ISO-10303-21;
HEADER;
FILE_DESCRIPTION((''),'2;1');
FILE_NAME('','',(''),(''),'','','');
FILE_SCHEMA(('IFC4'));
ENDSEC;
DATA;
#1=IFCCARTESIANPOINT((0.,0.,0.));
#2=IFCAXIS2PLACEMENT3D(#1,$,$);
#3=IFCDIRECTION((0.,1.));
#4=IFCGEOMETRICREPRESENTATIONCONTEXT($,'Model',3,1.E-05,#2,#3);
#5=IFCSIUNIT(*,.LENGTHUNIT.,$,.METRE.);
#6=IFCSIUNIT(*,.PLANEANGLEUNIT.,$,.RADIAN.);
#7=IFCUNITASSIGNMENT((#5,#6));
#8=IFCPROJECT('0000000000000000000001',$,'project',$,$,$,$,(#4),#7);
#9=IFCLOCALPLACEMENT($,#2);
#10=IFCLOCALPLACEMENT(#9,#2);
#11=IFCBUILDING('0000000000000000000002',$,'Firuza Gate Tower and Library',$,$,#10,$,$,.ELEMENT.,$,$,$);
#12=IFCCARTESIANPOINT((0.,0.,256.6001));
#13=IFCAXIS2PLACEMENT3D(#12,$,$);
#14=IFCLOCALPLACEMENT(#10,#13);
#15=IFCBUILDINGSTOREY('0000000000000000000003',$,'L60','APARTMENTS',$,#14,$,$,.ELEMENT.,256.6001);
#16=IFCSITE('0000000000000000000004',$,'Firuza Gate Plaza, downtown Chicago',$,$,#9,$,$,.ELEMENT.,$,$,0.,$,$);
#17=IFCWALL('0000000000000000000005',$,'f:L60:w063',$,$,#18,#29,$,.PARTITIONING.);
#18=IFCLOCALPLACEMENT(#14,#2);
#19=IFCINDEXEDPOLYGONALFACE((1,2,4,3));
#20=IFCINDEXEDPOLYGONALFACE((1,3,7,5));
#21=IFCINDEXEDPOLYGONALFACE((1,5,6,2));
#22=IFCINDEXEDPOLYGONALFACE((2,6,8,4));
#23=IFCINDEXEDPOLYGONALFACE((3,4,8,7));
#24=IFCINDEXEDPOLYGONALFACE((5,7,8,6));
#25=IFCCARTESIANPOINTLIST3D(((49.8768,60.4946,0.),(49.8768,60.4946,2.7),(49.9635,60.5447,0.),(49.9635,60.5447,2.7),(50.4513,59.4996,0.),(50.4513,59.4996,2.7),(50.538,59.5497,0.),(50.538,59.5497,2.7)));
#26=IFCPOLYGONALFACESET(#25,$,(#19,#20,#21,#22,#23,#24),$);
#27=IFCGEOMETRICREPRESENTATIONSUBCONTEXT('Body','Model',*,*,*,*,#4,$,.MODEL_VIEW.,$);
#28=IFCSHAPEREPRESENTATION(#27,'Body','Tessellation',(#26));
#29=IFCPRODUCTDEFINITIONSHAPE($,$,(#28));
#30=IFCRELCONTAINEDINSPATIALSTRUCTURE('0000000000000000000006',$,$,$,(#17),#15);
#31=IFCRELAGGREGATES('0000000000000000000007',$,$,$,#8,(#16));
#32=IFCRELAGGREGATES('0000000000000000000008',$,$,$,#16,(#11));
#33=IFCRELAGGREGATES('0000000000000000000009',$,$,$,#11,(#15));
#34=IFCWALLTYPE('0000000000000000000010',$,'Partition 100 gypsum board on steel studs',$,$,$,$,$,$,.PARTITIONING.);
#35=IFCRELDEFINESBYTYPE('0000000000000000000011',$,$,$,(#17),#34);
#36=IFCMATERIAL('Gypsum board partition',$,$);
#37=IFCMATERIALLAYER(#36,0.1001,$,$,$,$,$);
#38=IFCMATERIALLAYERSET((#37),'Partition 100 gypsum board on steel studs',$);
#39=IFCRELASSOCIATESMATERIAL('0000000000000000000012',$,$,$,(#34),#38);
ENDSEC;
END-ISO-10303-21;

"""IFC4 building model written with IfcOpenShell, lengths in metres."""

from ifc_helpers import new_model, si_unit, direction, frame, frame_2d, origin, place, context, subcontext, project, spatial, rectangle, extrude, material, layer, layer_set, type_object, element, save


model = new_model("IFC4")

# Units and contexts
model_context = context("Model", 3, precision=1e-05, world=origin(), true_north=direction((0.0, 1.0)))
body_context = subcontext(model_context, "Body", "Model", "MODEL_VIEW")
ifc_project = project(units=[si_unit("LENGTHUNIT", "METRE"), si_unit("PLANEANGLEUNIT", "RADIAN")], contexts=[model_context])

# Site, building, storey
site_placement = place(None, origin())
site = spatial("IfcSite", under=ifc_project, at=site_placement, Name="Firuza Gate Plaza, downtown Chicago", CompositionType="ELEMENT", RefElevation=0.0)
building_placement = place(site_placement, origin())
building = spatial("IfcBuilding", under=site, at=building_placement, Name="Firuza Gate Tower and Library", CompositionType="ELEMENT")
storey_placement = place(building_placement, frame((0.0, 0.0, 256.6001)))
storey = spatial("IfcBuildingStorey", under=building, at=storey_placement, Name="L60", Description="APARTMENTS", CompositionType="ELEMENT", Elevation=256.6001)

# Shared definitions
ifc_material_1 = material(Name="Gypsum board partition")
ifc_layer_1 = layer(ifc_material_1, 0.1001)
ifc_layer_set_1 = layer_set([ifc_layer_1], Name="Partition 100 gypsum board on steel studs")
wall_type_1 = type_object("IfcWallType", Name="Partition 100 gypsum board on steel studs", PredefinedType="PARTITIONING", material=ifc_layer_set_1)

# Wall
wall_1_placement = place(storey_placement, frame((50.4946, 59.5247, 0.0), z_axis=(0.0, 0.0, 1.0), x_axis=(-0.500047, 0.865998, 0.0)))
element("IfcWall", 1, at=wall_1_placement, inside=storey, type_object=wall_type_1, Name="f:L60:w063", PredefinedType="PARTITIONING", context=body_context, shape_type="SweptSolid", body=[
    extrude(rectangle(XDim=1.1489, YDim=0.1001, at=frame_2d((0.5745, 0.0))), origin(), (0.0, 0.0, 1.0), 2.7),
])

save(model, "model.ifc")
